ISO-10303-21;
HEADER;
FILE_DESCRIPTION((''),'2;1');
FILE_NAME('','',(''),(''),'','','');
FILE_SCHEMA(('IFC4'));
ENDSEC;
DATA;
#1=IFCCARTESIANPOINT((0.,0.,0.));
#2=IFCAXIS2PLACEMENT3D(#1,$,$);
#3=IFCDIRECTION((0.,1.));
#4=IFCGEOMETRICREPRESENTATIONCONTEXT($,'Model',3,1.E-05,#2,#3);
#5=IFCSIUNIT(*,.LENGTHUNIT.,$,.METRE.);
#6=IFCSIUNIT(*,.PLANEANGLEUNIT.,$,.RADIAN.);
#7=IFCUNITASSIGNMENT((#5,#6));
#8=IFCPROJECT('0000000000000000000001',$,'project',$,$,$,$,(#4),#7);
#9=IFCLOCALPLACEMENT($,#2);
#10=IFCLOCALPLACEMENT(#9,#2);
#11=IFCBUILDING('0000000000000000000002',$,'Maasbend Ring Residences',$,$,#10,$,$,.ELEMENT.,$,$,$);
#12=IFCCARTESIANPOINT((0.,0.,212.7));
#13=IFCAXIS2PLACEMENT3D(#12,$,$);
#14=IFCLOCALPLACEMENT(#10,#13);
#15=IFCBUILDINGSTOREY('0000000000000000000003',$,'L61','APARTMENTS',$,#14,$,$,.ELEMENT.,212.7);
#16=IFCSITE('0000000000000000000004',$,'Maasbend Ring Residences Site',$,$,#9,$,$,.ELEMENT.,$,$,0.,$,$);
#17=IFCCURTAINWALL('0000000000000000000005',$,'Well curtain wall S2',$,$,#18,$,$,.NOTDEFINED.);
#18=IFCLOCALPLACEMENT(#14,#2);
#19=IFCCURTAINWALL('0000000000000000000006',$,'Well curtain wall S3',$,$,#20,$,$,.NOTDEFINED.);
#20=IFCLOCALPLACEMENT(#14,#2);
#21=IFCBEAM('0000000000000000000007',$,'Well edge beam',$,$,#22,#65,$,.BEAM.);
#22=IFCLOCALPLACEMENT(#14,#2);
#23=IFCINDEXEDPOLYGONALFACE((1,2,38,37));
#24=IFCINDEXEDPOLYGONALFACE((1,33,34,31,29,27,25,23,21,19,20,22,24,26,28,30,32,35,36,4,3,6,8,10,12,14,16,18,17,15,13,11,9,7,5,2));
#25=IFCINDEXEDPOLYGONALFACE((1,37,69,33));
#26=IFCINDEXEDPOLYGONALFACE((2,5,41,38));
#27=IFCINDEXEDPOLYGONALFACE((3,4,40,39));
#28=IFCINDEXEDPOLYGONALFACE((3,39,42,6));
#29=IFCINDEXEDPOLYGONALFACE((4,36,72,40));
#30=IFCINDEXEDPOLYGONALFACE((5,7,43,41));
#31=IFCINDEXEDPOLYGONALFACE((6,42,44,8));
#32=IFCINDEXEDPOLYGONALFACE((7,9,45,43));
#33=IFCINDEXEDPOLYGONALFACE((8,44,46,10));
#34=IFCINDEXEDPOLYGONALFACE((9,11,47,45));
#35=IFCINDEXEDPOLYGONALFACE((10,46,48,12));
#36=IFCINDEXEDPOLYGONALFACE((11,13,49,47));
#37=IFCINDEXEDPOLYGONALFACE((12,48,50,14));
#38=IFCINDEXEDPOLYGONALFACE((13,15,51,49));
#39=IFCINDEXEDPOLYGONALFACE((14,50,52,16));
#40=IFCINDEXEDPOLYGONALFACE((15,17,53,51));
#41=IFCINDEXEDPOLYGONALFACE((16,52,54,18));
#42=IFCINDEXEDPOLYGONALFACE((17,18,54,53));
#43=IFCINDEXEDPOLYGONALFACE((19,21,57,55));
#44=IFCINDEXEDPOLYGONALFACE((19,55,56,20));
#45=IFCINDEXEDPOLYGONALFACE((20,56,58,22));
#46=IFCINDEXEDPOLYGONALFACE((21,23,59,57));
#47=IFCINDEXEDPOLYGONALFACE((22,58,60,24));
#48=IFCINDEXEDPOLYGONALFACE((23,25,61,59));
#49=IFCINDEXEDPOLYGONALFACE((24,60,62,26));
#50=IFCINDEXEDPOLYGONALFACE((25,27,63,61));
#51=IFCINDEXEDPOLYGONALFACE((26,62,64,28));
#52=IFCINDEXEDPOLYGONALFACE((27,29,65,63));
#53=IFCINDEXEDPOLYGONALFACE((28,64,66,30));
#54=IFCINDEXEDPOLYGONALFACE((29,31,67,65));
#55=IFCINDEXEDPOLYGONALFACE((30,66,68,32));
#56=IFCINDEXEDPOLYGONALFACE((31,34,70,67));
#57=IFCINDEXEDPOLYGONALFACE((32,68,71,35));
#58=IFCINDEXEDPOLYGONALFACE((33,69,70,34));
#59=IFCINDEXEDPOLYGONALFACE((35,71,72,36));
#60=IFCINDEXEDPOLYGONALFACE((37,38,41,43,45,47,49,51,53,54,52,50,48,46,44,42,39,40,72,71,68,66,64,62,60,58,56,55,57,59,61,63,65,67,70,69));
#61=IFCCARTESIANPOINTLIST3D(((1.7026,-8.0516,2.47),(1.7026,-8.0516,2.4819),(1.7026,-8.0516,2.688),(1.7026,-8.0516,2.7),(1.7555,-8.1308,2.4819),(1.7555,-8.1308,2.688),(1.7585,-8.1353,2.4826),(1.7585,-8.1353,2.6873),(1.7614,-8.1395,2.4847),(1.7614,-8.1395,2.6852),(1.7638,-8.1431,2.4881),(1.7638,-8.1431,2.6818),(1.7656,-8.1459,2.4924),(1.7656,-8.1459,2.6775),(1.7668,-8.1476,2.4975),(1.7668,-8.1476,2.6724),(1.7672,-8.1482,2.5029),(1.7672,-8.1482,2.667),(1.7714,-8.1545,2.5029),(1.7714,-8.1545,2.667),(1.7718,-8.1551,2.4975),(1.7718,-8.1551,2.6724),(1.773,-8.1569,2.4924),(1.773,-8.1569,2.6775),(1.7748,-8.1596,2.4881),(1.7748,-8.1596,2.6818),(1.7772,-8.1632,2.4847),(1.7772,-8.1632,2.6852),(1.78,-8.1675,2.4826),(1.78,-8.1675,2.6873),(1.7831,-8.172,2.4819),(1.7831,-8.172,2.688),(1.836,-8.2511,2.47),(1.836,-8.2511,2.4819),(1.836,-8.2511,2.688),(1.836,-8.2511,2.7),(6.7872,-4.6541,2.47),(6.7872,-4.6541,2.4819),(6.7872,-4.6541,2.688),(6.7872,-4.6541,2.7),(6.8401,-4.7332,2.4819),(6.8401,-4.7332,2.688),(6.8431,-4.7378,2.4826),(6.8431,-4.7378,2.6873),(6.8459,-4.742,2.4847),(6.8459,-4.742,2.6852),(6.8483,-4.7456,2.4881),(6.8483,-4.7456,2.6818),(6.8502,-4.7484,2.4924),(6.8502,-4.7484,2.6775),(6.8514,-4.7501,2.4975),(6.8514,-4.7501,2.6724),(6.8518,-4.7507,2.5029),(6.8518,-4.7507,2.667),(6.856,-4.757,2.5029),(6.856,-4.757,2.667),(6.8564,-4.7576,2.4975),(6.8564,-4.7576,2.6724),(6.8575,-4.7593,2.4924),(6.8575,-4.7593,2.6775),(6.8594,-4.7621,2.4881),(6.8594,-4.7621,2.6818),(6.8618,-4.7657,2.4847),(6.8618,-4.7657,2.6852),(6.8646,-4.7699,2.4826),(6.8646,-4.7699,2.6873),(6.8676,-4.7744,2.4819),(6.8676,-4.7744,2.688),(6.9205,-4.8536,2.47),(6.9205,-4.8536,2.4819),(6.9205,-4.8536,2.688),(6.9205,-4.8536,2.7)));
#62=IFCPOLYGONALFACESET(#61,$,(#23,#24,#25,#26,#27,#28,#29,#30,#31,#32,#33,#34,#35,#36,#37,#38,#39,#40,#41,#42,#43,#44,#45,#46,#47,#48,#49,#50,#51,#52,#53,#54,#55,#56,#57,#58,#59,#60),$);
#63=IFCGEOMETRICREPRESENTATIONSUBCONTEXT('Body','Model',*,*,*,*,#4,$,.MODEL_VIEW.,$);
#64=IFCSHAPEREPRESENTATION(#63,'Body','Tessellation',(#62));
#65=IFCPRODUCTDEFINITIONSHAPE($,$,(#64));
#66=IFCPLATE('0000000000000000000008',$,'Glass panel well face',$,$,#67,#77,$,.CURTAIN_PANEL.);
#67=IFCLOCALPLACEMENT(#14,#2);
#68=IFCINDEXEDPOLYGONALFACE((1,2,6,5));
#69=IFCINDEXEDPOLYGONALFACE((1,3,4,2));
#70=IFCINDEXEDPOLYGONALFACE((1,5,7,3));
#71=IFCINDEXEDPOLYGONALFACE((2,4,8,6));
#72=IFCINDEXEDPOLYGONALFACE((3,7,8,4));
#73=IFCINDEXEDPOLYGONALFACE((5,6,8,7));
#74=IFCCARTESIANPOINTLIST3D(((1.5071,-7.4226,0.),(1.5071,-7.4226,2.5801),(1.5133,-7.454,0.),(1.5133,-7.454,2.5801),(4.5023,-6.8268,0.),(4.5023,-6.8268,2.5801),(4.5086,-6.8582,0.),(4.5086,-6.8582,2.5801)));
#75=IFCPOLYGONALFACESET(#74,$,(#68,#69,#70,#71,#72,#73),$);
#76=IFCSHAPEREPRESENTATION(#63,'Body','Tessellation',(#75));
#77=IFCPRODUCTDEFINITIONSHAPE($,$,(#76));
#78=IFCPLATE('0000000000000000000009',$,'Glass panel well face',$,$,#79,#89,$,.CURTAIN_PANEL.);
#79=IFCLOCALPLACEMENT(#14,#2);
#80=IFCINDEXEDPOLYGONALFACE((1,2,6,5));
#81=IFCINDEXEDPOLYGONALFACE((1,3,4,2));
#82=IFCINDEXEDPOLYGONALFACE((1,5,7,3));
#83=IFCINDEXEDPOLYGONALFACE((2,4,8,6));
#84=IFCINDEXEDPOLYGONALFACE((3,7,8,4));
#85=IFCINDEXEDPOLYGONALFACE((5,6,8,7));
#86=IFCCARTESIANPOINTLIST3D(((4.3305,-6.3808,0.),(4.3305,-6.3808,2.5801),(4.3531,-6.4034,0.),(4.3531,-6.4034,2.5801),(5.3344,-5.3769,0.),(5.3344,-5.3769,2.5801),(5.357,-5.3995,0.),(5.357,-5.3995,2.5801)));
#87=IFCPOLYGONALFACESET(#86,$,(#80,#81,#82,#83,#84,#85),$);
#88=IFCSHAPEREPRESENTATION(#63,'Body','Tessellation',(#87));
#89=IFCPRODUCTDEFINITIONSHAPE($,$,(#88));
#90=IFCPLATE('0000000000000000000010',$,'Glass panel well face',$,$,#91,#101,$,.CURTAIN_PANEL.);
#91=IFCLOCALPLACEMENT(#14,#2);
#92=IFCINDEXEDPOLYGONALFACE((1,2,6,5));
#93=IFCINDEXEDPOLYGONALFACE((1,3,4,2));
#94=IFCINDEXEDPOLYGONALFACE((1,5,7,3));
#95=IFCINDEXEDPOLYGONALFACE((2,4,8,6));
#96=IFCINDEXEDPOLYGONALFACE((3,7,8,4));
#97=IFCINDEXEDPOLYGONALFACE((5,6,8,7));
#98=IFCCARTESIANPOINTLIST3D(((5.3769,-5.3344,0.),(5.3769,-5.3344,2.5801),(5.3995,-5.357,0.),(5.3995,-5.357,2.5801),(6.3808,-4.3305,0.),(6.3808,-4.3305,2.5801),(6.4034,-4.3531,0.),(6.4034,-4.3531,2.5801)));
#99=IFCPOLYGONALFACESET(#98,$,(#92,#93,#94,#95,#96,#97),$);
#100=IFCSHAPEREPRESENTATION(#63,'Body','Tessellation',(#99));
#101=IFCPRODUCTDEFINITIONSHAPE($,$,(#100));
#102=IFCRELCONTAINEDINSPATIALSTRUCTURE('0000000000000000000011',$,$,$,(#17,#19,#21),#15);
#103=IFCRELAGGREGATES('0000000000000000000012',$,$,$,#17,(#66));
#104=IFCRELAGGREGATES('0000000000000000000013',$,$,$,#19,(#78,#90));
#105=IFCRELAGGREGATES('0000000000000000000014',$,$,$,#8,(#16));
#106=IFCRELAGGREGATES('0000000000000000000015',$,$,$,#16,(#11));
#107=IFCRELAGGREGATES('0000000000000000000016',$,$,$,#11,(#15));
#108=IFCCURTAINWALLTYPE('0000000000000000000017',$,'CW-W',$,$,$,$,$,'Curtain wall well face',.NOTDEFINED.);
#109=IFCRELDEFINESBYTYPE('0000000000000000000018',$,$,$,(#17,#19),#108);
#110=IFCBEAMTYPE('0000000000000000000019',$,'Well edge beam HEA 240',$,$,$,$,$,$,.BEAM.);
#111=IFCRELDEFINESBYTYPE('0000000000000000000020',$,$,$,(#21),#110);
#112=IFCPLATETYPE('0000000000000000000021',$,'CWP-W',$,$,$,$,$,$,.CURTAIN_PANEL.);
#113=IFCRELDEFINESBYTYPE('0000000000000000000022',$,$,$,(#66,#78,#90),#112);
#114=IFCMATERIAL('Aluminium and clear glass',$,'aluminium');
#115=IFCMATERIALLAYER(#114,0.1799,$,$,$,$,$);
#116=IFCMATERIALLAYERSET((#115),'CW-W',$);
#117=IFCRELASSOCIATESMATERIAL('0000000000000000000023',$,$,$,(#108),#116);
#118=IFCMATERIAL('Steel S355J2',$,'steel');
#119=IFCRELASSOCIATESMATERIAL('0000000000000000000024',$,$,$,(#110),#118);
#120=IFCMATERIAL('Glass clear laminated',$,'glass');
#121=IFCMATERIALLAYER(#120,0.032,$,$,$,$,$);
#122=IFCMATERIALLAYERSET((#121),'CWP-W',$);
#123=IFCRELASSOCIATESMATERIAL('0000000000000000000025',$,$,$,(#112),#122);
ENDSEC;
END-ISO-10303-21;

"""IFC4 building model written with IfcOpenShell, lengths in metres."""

from ifc_helpers import new_model, si_unit, direction, frame, origin, origin_2d, place, context, subcontext, project, spatial, rectangle, i_section, extrude, material, layer, layer_set, material_profile, profile_set, type_object, element, aggregate, save


model = new_model("IFC4")

# Units and contexts
model_context = context("Model", 3, precision=1e-05, world=origin(), true_north=direction((0.0, 1.0)))
body_context = subcontext(model_context, "Body", "Model", "MODEL_VIEW")
ifc_project = project(units=[si_unit("LENGTHUNIT", "METRE"), si_unit("PLANEANGLEUNIT", "RADIAN")], contexts=[model_context])

# Site, building, storey
site_placement = place(None, origin())
site = spatial("IfcSite", under=ifc_project, at=site_placement, Name="Maasbend Ring Residences Site", CompositionType="ELEMENT", RefElevation=0.0)
building_placement = place(site_placement, origin())
building = spatial("IfcBuilding", under=site, at=building_placement, Name="Maasbend Ring Residences", CompositionType="ELEMENT")
storey_placement = place(building_placement, frame((0.0, 0.0, 212.7)))
storey = spatial("IfcBuildingStorey", under=building, at=storey_placement, Name="L61", Description="APARTMENTS", CompositionType="ELEMENT", Elevation=212.7)

# Curtain walls
ifc_material_1 = material(Name="Aluminium and clear glass", Category="aluminium")
ifc_layer_1 = layer(ifc_material_1, 0.1799)
ifc_layer_set_1 = layer_set([ifc_layer_1], Name="CW-W")
curtain_wall_type = type_object("IfcCurtainWallType", Name="CW-W", ElementType="Curtain wall well face", PredefinedType="NOTDEFINED", material=ifc_layer_set_1)
curtain_wall_1_placement = place(storey_placement, origin())
curtain_wall_1 = element("IfcCurtainWall", 1, at=curtain_wall_1_placement, inside=storey, type_object=curtain_wall_type, Name="Well curtain wall S2", PredefinedType="NOTDEFINED")
curtain_wall_2_placement = place(storey_placement, origin())
curtain_wall_2 = element("IfcCurtainWall", 2, at=curtain_wall_2_placement, inside=storey, type_object=curtain_wall_type, Name="Well curtain wall S3", PredefinedType="NOTDEFINED")

# Beam
ifc_material_2 = material(Name="Steel S355J2", Category="steel")
ifc_material_profile_1 = material_profile(ifc_material_2, i_section(OverallWidth=0.24, OverallDepth=0.23, WebThickness=0.0076, FlangeThickness=0.012, FilletRadius=0.021, at=origin_2d()), Name="HEA 240")
ifc_profile_set_1 = profile_set([ifc_material_profile_1], Name="Steel S355J2")
beam_type = type_object("IfcBeamType", Name="Well edge beam HEA 240", PredefinedType="BEAM", material=ifc_profile_set_1)
beam_placement = place(storey_placement, frame((1.7693, -8.1514, 2.585), z_axis=(0.83146, 0.555584, 0.0), x_axis=(-0.555584, 0.83146, 0.0)))
element("IfcBeam", 3, at=beam_placement, inside=storey, type_object=beam_type, Name="Well edge beam", PredefinedType="BEAM", context=body_context, shape_type="SweptSolid", body=[
    extrude(i_section(OverallWidth=0.24, OverallDepth=0.23, WebThickness=0.0076, FlangeThickness=0.012, FilletRadius=0.021, at=origin_2d()), origin(), (0.0, 0.0, 1.0), 6.1152),
])

# Plates
ifc_material_3 = material(Name="Glass clear laminated", Category="glass")
ifc_layer_2 = layer(ifc_material_3, 0.032)
ifc_layer_set_2 = layer_set([ifc_layer_2], Name="CWP-W")
plate_type = type_object("IfcPlateType", Name="CWP-W", PredefinedType="CURTAIN_PANEL", material=ifc_layer_set_2)
plate_1_placement = place(storey_placement, frame((3.0078, -7.1404, 0.0), z_axis=(0.0, 0.0, 1.0), x_axis=(0.980785, 0.19509, 0.0)))
plate_1 = element("IfcPlate", 4, at=plate_1_placement, type_object=plate_type, Name="Glass panel well face", PredefinedType="CURTAIN_PANEL", context=body_context, shape_type="SweptSolid", body=[
    extrude(rectangle(XDim=3.054, YDim=0.032, at=origin_2d()), origin(), (0.0, 0.0, 1.0), 2.5801),
])
aggregate(curtain_wall_1, [plate_1])
plate_2_placement = place(storey_placement, frame((4.8438, -5.8901, 0.0), z_axis=(0.0, 0.0, 1.0), x_axis=(0.707107, 0.707107, 0.0)))
plate_2 = element("IfcPlate", 5, at=plate_2_placement, type_object=plate_type, Name="Glass panel well face", PredefinedType="CURTAIN_PANEL", context=body_context, shape_type="SweptSolid", body=[
    extrude(rectangle(XDim=1.4197, YDim=0.032, at=origin_2d()), origin(), (0.0, 0.0, 1.0), 2.5801),
])
plate_3_placement = place(storey_placement, frame((5.8901, -4.8438, 0.0), z_axis=(0.0, 0.0, 1.0), x_axis=(0.707107, 0.707107, 0.0)))
plate_3 = element("IfcPlate", 6, at=plate_3_placement, type_object=plate_type, Name="Glass panel well face", PredefinedType="CURTAIN_PANEL", context=body_context, shape_type="SweptSolid", body=[
    extrude(rectangle(XDim=1.4197, YDim=0.032, at=origin_2d()), origin(), (0.0, 0.0, 1.0), 2.5801),
])
aggregate(curtain_wall_2, [plate_2, plate_3])

save(model, "model.ifc")
